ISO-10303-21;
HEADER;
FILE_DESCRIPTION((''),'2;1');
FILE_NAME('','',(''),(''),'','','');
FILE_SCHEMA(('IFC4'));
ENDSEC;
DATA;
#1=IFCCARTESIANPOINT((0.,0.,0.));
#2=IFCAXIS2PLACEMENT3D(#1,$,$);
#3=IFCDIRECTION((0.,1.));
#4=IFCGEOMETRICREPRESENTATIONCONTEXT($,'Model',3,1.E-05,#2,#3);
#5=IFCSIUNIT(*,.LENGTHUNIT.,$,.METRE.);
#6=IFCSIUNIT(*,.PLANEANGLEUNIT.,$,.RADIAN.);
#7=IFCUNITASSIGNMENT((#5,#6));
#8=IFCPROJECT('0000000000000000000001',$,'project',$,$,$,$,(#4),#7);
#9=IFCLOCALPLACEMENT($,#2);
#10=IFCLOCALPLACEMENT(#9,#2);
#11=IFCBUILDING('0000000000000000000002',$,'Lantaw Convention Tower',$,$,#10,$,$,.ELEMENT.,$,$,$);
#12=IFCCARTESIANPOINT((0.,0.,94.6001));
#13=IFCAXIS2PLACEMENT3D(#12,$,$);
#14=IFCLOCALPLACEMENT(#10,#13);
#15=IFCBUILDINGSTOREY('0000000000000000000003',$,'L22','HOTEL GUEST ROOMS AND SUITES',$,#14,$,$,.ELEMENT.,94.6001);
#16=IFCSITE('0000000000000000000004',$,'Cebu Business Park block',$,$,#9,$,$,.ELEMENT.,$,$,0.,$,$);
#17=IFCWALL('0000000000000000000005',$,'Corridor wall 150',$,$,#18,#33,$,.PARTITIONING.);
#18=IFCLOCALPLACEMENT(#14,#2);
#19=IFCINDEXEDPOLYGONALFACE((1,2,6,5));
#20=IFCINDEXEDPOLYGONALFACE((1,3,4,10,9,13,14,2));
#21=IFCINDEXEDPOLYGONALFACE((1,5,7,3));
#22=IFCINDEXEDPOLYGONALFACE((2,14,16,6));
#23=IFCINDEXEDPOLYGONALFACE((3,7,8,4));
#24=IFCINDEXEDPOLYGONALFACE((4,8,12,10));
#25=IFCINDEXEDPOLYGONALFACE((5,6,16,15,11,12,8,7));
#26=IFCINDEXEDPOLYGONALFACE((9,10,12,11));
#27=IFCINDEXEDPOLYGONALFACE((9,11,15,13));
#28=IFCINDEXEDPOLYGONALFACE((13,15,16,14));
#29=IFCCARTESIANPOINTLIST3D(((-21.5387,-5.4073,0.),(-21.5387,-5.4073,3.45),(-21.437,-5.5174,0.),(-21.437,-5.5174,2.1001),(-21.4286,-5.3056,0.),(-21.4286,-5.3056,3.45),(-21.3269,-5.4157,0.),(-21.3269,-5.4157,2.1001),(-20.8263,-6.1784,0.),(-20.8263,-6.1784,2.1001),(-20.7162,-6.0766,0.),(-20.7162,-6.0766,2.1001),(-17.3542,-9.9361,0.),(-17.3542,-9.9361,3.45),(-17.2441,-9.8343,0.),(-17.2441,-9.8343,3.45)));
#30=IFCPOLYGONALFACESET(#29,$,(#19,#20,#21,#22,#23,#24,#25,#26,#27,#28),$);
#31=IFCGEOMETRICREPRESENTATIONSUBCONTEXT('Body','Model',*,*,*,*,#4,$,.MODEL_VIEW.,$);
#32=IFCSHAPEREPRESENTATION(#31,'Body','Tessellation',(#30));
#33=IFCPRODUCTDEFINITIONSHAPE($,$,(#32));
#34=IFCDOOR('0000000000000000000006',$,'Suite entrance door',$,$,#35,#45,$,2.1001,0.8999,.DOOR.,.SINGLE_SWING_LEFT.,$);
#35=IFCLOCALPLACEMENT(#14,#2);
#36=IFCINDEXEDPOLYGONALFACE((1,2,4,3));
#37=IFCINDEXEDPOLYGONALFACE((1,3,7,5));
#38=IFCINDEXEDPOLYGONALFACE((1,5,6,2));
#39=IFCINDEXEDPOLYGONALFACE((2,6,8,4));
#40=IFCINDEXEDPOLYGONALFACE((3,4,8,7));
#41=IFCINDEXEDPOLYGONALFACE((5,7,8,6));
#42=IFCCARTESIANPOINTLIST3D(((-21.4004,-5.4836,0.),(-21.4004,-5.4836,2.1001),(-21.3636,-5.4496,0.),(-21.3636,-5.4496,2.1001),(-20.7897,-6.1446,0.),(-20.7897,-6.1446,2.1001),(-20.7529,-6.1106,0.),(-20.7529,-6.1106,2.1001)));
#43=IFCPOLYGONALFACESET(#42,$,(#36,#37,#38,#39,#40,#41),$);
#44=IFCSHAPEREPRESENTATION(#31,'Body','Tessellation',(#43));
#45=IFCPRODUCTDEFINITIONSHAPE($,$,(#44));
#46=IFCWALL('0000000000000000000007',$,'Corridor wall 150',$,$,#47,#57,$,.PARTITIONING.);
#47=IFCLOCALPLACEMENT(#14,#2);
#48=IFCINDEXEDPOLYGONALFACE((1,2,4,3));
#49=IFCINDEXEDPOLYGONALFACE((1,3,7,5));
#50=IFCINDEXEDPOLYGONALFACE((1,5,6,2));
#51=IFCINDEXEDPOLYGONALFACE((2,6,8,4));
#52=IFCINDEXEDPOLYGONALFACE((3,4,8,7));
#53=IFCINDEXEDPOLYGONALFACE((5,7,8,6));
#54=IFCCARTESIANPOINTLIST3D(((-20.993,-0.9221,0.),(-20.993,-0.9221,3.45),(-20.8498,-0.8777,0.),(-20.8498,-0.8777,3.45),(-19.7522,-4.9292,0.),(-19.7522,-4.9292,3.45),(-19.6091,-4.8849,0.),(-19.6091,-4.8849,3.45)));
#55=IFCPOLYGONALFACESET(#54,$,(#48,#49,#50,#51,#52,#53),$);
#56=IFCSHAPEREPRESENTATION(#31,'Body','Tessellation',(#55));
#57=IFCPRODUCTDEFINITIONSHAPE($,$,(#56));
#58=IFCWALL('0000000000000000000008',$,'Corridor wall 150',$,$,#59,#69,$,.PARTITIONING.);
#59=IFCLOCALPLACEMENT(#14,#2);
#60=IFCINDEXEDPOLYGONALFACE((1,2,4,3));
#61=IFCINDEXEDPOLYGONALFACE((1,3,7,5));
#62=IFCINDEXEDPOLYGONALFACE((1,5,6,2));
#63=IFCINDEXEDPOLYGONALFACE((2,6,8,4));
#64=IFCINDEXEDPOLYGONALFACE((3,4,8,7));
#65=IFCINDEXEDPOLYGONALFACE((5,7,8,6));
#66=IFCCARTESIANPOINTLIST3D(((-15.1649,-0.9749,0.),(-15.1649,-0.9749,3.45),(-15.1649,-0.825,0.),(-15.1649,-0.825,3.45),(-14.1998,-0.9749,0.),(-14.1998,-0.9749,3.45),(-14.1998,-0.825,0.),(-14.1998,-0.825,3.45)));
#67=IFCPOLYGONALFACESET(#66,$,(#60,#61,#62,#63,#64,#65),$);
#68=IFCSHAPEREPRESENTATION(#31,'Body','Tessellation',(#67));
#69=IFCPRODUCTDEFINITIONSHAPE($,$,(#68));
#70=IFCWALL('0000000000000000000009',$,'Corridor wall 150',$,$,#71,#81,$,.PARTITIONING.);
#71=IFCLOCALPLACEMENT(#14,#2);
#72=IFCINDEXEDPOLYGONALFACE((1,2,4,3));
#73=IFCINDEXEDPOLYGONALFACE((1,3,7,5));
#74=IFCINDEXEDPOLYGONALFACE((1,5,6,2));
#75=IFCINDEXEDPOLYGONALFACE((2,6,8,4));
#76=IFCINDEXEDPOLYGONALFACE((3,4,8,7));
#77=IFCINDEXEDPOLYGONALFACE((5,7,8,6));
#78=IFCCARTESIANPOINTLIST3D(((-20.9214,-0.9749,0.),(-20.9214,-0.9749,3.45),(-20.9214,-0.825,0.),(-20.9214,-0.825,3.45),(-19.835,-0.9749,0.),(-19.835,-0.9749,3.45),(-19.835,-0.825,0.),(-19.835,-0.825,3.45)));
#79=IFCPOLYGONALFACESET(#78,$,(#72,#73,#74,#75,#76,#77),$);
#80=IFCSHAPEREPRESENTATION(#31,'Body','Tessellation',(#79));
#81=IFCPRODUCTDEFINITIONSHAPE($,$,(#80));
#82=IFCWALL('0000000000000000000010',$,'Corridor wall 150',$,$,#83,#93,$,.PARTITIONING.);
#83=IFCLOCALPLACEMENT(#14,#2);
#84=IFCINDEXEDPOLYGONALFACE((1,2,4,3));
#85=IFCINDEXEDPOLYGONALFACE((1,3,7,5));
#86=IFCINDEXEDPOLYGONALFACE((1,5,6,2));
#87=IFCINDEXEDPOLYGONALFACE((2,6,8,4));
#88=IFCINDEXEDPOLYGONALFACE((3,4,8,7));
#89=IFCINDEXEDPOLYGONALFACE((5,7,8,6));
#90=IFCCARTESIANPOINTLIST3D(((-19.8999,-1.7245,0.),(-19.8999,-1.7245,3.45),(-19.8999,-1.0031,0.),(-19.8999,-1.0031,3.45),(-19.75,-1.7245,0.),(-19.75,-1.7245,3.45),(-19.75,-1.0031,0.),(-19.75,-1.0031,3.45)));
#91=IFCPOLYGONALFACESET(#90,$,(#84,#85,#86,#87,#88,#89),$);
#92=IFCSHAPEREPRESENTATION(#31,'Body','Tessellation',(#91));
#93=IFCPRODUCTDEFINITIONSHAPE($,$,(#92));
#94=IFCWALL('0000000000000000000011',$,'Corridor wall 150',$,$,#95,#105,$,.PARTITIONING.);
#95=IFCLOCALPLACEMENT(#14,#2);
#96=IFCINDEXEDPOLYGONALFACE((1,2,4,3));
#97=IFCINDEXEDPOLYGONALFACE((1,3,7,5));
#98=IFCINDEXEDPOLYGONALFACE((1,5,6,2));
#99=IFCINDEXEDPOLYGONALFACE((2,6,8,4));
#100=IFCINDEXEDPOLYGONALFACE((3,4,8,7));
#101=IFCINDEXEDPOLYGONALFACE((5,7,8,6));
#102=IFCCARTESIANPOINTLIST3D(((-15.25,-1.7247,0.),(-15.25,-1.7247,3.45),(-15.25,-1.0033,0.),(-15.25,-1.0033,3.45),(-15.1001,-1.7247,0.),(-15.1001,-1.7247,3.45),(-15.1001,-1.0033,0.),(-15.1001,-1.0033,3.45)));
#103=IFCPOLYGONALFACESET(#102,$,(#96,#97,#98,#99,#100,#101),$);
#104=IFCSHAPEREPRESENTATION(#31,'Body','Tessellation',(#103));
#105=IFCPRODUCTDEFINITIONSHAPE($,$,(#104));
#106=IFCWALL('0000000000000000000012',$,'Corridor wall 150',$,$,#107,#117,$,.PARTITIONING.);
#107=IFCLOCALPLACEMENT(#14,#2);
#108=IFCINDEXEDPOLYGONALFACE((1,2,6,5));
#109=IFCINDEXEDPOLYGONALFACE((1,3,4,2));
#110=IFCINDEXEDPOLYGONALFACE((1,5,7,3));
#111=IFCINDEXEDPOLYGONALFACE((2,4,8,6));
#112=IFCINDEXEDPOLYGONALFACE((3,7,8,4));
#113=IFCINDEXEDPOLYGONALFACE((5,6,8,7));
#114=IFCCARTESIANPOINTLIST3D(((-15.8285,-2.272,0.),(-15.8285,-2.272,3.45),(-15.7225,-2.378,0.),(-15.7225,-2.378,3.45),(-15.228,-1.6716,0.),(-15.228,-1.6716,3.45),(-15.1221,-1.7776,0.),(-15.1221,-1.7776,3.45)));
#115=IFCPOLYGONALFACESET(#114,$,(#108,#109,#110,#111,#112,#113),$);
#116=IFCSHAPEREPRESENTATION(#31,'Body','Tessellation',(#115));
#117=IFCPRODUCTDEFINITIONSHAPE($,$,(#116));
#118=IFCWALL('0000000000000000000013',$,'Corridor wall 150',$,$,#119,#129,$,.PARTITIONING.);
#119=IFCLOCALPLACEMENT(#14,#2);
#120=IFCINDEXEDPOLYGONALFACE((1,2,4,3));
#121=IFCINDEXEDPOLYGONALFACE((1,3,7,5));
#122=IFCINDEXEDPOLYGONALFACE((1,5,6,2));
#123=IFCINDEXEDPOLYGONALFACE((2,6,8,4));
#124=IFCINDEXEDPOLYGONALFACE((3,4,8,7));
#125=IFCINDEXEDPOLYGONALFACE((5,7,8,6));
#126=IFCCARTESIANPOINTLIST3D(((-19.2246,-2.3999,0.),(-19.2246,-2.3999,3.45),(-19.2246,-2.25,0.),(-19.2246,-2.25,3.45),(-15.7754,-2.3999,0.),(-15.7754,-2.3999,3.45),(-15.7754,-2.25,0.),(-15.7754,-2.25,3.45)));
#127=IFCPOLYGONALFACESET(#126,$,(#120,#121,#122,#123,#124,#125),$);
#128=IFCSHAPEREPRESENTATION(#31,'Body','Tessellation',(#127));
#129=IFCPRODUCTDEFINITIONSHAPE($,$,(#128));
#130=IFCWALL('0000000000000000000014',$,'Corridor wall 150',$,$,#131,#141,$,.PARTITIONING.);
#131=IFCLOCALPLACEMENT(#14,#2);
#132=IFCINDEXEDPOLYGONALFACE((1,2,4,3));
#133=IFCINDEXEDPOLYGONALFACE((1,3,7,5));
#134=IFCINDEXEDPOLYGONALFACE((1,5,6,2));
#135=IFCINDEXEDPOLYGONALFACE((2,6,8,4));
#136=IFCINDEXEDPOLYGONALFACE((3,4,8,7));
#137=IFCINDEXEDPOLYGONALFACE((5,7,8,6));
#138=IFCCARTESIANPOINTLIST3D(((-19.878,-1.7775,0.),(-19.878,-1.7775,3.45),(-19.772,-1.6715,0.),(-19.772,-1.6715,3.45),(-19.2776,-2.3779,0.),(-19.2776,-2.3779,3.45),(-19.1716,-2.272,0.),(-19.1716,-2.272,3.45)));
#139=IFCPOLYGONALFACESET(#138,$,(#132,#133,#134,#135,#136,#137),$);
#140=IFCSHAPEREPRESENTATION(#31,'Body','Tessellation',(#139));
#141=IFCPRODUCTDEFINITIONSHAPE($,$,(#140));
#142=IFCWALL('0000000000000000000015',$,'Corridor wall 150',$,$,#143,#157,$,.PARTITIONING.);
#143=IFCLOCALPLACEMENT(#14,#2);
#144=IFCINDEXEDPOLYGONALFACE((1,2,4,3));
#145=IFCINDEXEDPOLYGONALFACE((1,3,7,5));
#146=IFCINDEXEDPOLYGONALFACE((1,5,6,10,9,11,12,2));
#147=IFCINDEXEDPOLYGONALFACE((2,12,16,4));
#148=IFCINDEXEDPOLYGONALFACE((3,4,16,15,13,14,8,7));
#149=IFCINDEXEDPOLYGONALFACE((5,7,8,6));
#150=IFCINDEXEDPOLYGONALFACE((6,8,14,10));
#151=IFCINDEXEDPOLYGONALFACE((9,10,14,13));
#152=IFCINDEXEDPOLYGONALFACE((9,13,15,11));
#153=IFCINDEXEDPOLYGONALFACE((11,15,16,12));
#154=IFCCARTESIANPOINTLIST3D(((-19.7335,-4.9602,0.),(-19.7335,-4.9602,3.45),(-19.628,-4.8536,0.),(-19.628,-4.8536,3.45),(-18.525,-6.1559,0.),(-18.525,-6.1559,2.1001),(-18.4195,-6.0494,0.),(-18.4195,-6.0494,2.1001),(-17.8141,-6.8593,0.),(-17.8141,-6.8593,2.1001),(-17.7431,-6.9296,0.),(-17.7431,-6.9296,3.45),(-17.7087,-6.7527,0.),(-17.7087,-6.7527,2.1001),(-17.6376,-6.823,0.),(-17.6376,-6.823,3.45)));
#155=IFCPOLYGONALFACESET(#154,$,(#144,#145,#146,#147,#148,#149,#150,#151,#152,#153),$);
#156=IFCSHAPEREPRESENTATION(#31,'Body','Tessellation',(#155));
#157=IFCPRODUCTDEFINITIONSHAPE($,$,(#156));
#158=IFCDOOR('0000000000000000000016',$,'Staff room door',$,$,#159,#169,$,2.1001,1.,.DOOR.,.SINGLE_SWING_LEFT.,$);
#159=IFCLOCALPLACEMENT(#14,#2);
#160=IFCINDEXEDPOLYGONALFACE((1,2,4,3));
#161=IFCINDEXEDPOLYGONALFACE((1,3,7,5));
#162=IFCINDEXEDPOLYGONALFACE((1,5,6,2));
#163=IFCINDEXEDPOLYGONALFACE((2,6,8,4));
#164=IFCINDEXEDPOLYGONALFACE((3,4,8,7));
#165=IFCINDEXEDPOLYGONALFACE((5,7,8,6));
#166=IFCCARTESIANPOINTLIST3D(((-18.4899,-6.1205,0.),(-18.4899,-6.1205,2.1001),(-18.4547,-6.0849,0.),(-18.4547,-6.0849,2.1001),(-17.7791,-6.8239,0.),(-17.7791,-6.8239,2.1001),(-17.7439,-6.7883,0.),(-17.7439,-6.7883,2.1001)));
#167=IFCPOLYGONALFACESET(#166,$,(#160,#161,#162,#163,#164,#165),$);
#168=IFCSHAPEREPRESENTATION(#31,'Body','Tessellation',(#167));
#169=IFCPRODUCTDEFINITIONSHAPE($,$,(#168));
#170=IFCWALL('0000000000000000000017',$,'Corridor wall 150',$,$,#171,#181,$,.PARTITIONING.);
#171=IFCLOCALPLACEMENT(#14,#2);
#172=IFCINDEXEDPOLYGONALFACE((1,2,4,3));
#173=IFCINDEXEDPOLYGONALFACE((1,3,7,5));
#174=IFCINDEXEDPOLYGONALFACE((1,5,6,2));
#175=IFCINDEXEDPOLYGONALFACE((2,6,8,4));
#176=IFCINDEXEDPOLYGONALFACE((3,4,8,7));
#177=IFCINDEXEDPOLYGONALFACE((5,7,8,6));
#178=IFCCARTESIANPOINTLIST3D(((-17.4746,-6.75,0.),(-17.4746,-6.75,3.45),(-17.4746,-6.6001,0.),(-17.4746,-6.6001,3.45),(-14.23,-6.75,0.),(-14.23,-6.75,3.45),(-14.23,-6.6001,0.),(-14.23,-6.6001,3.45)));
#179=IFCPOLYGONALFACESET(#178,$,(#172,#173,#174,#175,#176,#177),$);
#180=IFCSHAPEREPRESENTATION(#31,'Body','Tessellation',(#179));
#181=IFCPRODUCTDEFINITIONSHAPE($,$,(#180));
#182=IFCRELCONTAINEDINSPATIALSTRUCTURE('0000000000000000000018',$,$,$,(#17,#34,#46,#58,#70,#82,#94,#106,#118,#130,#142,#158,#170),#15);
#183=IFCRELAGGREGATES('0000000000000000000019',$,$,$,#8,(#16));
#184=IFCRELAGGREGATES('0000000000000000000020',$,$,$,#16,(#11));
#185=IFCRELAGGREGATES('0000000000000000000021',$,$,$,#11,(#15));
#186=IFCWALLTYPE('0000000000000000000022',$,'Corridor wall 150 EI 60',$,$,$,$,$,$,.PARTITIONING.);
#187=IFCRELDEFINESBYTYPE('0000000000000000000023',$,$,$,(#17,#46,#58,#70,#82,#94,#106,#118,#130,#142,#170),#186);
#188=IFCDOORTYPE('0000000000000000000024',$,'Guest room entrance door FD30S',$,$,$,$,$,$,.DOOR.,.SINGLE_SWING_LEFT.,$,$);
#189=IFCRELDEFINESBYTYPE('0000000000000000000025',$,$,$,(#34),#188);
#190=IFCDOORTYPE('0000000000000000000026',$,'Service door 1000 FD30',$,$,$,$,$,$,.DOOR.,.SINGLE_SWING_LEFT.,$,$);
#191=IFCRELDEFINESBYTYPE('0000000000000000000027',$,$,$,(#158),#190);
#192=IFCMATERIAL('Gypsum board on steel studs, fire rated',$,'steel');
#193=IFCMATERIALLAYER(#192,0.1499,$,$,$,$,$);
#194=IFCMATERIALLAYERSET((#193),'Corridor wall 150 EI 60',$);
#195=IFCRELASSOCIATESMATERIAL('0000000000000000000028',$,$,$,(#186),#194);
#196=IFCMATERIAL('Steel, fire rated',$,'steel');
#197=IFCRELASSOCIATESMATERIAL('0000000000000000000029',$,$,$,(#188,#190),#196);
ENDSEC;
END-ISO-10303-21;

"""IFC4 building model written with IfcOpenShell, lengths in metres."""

from ifc_helpers import new_model, si_unit, direction, frame, frame_2d, origin, place, context, subcontext, project, spatial, rectangle, extrude, material, layer, layer_set, type_object, element, fill, save


model = new_model("IFC4")

# Units and contexts
model_context = context("Model", 3, precision=1e-05, world=origin(), true_north=direction((0.0, 1.0)))
body_context = subcontext(model_context, "Body", "Model", "MODEL_VIEW")
ifc_project = project(units=[si_unit("LENGTHUNIT", "METRE"), si_unit("PLANEANGLEUNIT", "RADIAN")], contexts=[model_context])

# Site, building, storey
site_placement = place(None, origin())
site = spatial("IfcSite", under=ifc_project, at=site_placement, Name="Cebu Business Park block", CompositionType="ELEMENT", RefElevation=0.0)
building_placement = place(site_placement, origin())
building = spatial("IfcBuilding", under=site, at=building_placement, Name="Lantaw Convention Tower", CompositionType="ELEMENT")
storey_placement = place(building_placement, frame((0.0, 0.0, 94.6001)))
storey = spatial("IfcBuildingStorey", under=building, at=storey_placement, Name="L22", Description="HOTEL GUEST ROOMS AND SUITES", CompositionType="ELEMENT", Elevation=94.6001)

# Shared definitions
ifc_material_1 = material(Name="Gypsum board on steel studs, fire rated", Category="steel")
ifc_layer_1 = layer(ifc_material_1, 0.1499)
ifc_layer_set_1 = layer_set([ifc_layer_1], Name="Corridor wall 150 EI 60")
wall_type_1 = type_object("IfcWallType", Name="Corridor wall 150 EI 60", PredefinedType="PARTITIONING", material=ifc_layer_set_1)

# Wall, opening, door
wall_1_placement = place(storey_placement, frame((-21.4836, -5.3564, 0.0), z_axis=(0.0, 0.0, 1.0), x_axis=(0.678642, -0.734469, 0.0)))
wall_1 = element("IfcWall", 1, at=wall_1_placement, inside=storey, type_object=wall_type_1, Name="Corridor wall 150", PredefinedType="PARTITIONING", context=body_context, shape_type="SweptSolid", body=[
    extrude(rectangle(XDim=6.166, YDim=0.1499, at=frame_2d((3.083, 0.0))), origin(), (0.0, 0.0, 1.0), 3.45),
])
opening_1_placement = place(wall_1_placement, frame((0.1499, 0.0, 0.0)))
opening_1 = element("IfcOpeningElement", 2, at=opening_1_placement, cuts=wall_1, PredefinedType="OPENING", context=body_context, shape_type="SweptSolid", body=[
    extrude(rectangle(XDim=0.8999, YDim=2.1001, at=frame_2d((0.45, 1.05))), frame((0.0, 0.085, 0.0), z_axis=(0.0, -1.0, 0.0), x_axis=(1.0, 0.0, 0.0)), (0.0, 0.0, 1.0), 0.1699),
])
ifc_material_2 = material(Name="Steel, fire rated", Category="steel")
door_type_1 = type_object("IfcDoorType", Name="Guest room entrance door FD30S", OperationType="SINGLE_SWING_LEFT", PredefinedType="DOOR", material=ifc_material_2)
door_1_placement = place(opening_1_placement, origin())
door_1 = element("IfcDoor", 3, at=door_1_placement, inside=storey, type_object=door_type_1, Name="Suite entrance door", OperationType="SINGLE_SWING_LEFT", OverallHeight=2.1001, OverallWidth=0.8999, PredefinedType="DOOR", context=body_context, shape_type="SweptSolid", body=[
    extrude(rectangle(XDim=0.8999, YDim=2.1001, at=frame_2d((0.45, 1.05))), frame((0.0, 0.0249, 0.0), z_axis=(0.0, -1.0, 0.0), x_axis=(1.0, 0.0, 0.0)), (0.0, 0.0, 1.0), 0.05),
])
fill(opening_1, door_1)

# Walls
wall_2_placement = place(storey_placement, frame((-20.9214, -0.8999, 0.0), z_axis=(0.0, 0.0, 1.0), x_axis=(0.295779, -0.955257, 0.0)))
element("IfcWall", 4, at=wall_2_placement, inside=storey, type_object=wall_type_1, Name="Corridor wall 150", PredefinedType="PARTITIONING", context=body_context, shape_type="SweptSolid", body=[
    extrude(rectangle(XDim=4.1948, YDim=0.1499, at=frame_2d((2.0974, 0.0))), origin(), (0.0, 0.0, 1.0), 3.45),
])
wall_3_placement = place(storey_placement, frame((-14.2, -0.8999, 0.0), z_axis=(0.0, 0.0, 1.0), x_axis=(-1.0, 0.0, 0.0)))
element("IfcWall", 5, at=wall_3_placement, inside=storey, type_object=wall_type_1, Name="Corridor wall 150", PredefinedType="PARTITIONING", context=body_context, shape_type="SweptSolid", body=[
    extrude(rectangle(XDim=0.9651, YDim=0.1499, at=frame_2d((0.4824, 0.0))), origin(), (0.0, 0.0, 1.0), 3.45),
])
wall_4_placement = place(storey_placement, frame((-19.835, -0.8999, 0.0), z_axis=(0.0, 0.0, 1.0), x_axis=(-1.0, 0.0, 0.0)))
element("IfcWall", 6, at=wall_4_placement, inside=storey, type_object=wall_type_1, Name="Corridor wall 150", PredefinedType="PARTITIONING", context=body_context, shape_type="SweptSolid", body=[
    extrude(rectangle(XDim=1.0864, YDim=0.1499, at=frame_2d((0.5432, 0.0))), origin(), (0.0, 0.0, 1.0), 3.45),
])
for number, where, z_axis, x_axis, name in (
    (7, (-19.825, -1.7246, 0.0), (0.0, 0.0, 1.0), (0.0, 1.0, 0.0), "Corridor wall 150"),
    (8, (-15.175, -1.0032, 0.0), (0.0, 0.0, 1.0), (0.0, -1.0, 0.0), "Corridor wall 150"),
):
    element("IfcWall", number, at=place(storey_placement, frame(where, z_axis=z_axis, x_axis=x_axis)), inside=storey, type_object=wall_type_1, Name=name, PredefinedType="PARTITIONING", context=body_context, shape_type="SweptSolid", body=[
        extrude(rectangle(XDim=0.7214, YDim=0.1499, at=frame_2d((0.3608, 0.0))), origin(), (0.0, 0.0, 1.0), 3.45),
    ])
wall_5_placement = place(storey_placement, frame((-15.175, -1.7246, 0.0), z_axis=(0.0, 0.0, 1.0), x_axis=(-0.707107, -0.707107, 0.0)))
element("IfcWall", 9, at=wall_5_placement, inside=storey, type_object=wall_type_1, Name="Corridor wall 150", PredefinedType="PARTITIONING", context=body_context, shape_type="SweptSolid", body=[
    extrude(rectangle(XDim=0.8491, YDim=0.1499, at=frame_2d((0.4246, 0.0))), origin(), (0.0, 0.0, 1.0), 3.45),
])
wall_6_placement = place(storey_placement, frame((-15.7754, -2.325, 0.0), z_axis=(0.0, 0.0, 1.0), x_axis=(-1.0, 0.0, 0.0)))
element("IfcWall", 10, at=wall_6_placement, inside=storey, type_object=wall_type_1, Name="Corridor wall 150", PredefinedType="PARTITIONING", context=body_context, shape_type="SweptSolid", body=[
    extrude(rectangle(XDim=3.4492, YDim=0.1499, at=frame_2d((1.7246, 0.0))), origin(), (0.0, 0.0, 1.0), 3.45),
])
wall_7_placement = place(storey_placement, frame((-19.2246, -2.325, 0.0), z_axis=(0.0, 0.0, 1.0), x_axis=(-0.707107, 0.707107, 0.0)))
element("IfcWall", 11, at=wall_7_placement, inside=storey, type_object=wall_type_1, Name="Corridor wall 150", PredefinedType="PARTITIONING", context=body_context, shape_type="SweptSolid", body=[
    extrude(rectangle(XDim=0.8491, YDim=0.1499, at=frame_2d((0.4246, 0.0))), origin(), (0.0, 0.0, 1.0), 3.45),
])

# Wall, opening, door
wall_8_placement = place(storey_placement, frame((-19.6807, -4.907, 0.0), z_axis=(0.0, 0.0, 1.0), x_axis=(0.710846, -0.703348, 0.0)))
wall_8 = element("IfcWall", 12, at=wall_8_placement, inside=storey, type_object=wall_type_1, Name="Corridor wall 150", PredefinedType="PARTITIONING", context=body_context, shape_type="SweptSolid", body=[
    extrude(rectangle(XDim=2.8, YDim=0.1499, at=frame_2d((1.3999, 0.0))), origin(), (0.0, 0.0, 1.0), 3.45),
])
opening_2_placement = place(wall_8_placement, frame((1.7, 0.0, 0.0)))
opening_2 = element("IfcOpeningElement", 13, at=opening_2_placement, cuts=wall_8, PredefinedType="OPENING", context=body_context, shape_type="SweptSolid", body=[
    extrude(rectangle(XDim=1.0, YDim=2.1001, at=frame_2d((0.5, 1.05))), frame((0.0, 0.085, 0.0), z_axis=(0.0, -1.0, 0.0), x_axis=(1.0, 0.0, 0.0)), (0.0, 0.0, 1.0), 0.1699),
])
door_type_2 = type_object("IfcDoorType", Name="Service door 1000 FD30", OperationType="SINGLE_SWING_LEFT", PredefinedType="DOOR", material=ifc_material_2)
door_2_placement = place(opening_2_placement, origin())
door_2 = element("IfcDoor", 14, at=door_2_placement, inside=storey, type_object=door_type_2, Name="Staff room door", OperationType="SINGLE_SWING_LEFT", OverallHeight=2.1001, OverallWidth=1.0, PredefinedType="DOOR", context=body_context, shape_type="SweptSolid", body=[
    extrude(rectangle(XDim=1.0, YDim=2.1001, at=frame_2d((0.5, 1.05))), frame((0.0, 0.0249, 0.0), z_axis=(0.0, -1.0, 0.0), x_axis=(1.0, 0.0, 0.0)), (0.0, 0.0, 1.0), 0.05),
])
fill(opening_2, door_2)

# Wall
wall_9_placement = place(storey_placement, frame((-17.4746, -6.675, 0.0), z_axis=(0.0, 0.0, 1.0), x_axis=(1.0, 0.0, 0.0)))
element("IfcWall", 15, at=wall_9_placement, inside=storey, type_object=wall_type_1, Name="Corridor wall 150", PredefinedType="PARTITIONING", context=body_context, shape_type="SweptSolid", body=[
    extrude(rectangle(XDim=3.2446, YDim=0.1499, at=frame_2d((1.6223, 0.0))), origin(), (0.0, 0.0, 1.0), 3.45),
])

save(model, "model.ifc")
